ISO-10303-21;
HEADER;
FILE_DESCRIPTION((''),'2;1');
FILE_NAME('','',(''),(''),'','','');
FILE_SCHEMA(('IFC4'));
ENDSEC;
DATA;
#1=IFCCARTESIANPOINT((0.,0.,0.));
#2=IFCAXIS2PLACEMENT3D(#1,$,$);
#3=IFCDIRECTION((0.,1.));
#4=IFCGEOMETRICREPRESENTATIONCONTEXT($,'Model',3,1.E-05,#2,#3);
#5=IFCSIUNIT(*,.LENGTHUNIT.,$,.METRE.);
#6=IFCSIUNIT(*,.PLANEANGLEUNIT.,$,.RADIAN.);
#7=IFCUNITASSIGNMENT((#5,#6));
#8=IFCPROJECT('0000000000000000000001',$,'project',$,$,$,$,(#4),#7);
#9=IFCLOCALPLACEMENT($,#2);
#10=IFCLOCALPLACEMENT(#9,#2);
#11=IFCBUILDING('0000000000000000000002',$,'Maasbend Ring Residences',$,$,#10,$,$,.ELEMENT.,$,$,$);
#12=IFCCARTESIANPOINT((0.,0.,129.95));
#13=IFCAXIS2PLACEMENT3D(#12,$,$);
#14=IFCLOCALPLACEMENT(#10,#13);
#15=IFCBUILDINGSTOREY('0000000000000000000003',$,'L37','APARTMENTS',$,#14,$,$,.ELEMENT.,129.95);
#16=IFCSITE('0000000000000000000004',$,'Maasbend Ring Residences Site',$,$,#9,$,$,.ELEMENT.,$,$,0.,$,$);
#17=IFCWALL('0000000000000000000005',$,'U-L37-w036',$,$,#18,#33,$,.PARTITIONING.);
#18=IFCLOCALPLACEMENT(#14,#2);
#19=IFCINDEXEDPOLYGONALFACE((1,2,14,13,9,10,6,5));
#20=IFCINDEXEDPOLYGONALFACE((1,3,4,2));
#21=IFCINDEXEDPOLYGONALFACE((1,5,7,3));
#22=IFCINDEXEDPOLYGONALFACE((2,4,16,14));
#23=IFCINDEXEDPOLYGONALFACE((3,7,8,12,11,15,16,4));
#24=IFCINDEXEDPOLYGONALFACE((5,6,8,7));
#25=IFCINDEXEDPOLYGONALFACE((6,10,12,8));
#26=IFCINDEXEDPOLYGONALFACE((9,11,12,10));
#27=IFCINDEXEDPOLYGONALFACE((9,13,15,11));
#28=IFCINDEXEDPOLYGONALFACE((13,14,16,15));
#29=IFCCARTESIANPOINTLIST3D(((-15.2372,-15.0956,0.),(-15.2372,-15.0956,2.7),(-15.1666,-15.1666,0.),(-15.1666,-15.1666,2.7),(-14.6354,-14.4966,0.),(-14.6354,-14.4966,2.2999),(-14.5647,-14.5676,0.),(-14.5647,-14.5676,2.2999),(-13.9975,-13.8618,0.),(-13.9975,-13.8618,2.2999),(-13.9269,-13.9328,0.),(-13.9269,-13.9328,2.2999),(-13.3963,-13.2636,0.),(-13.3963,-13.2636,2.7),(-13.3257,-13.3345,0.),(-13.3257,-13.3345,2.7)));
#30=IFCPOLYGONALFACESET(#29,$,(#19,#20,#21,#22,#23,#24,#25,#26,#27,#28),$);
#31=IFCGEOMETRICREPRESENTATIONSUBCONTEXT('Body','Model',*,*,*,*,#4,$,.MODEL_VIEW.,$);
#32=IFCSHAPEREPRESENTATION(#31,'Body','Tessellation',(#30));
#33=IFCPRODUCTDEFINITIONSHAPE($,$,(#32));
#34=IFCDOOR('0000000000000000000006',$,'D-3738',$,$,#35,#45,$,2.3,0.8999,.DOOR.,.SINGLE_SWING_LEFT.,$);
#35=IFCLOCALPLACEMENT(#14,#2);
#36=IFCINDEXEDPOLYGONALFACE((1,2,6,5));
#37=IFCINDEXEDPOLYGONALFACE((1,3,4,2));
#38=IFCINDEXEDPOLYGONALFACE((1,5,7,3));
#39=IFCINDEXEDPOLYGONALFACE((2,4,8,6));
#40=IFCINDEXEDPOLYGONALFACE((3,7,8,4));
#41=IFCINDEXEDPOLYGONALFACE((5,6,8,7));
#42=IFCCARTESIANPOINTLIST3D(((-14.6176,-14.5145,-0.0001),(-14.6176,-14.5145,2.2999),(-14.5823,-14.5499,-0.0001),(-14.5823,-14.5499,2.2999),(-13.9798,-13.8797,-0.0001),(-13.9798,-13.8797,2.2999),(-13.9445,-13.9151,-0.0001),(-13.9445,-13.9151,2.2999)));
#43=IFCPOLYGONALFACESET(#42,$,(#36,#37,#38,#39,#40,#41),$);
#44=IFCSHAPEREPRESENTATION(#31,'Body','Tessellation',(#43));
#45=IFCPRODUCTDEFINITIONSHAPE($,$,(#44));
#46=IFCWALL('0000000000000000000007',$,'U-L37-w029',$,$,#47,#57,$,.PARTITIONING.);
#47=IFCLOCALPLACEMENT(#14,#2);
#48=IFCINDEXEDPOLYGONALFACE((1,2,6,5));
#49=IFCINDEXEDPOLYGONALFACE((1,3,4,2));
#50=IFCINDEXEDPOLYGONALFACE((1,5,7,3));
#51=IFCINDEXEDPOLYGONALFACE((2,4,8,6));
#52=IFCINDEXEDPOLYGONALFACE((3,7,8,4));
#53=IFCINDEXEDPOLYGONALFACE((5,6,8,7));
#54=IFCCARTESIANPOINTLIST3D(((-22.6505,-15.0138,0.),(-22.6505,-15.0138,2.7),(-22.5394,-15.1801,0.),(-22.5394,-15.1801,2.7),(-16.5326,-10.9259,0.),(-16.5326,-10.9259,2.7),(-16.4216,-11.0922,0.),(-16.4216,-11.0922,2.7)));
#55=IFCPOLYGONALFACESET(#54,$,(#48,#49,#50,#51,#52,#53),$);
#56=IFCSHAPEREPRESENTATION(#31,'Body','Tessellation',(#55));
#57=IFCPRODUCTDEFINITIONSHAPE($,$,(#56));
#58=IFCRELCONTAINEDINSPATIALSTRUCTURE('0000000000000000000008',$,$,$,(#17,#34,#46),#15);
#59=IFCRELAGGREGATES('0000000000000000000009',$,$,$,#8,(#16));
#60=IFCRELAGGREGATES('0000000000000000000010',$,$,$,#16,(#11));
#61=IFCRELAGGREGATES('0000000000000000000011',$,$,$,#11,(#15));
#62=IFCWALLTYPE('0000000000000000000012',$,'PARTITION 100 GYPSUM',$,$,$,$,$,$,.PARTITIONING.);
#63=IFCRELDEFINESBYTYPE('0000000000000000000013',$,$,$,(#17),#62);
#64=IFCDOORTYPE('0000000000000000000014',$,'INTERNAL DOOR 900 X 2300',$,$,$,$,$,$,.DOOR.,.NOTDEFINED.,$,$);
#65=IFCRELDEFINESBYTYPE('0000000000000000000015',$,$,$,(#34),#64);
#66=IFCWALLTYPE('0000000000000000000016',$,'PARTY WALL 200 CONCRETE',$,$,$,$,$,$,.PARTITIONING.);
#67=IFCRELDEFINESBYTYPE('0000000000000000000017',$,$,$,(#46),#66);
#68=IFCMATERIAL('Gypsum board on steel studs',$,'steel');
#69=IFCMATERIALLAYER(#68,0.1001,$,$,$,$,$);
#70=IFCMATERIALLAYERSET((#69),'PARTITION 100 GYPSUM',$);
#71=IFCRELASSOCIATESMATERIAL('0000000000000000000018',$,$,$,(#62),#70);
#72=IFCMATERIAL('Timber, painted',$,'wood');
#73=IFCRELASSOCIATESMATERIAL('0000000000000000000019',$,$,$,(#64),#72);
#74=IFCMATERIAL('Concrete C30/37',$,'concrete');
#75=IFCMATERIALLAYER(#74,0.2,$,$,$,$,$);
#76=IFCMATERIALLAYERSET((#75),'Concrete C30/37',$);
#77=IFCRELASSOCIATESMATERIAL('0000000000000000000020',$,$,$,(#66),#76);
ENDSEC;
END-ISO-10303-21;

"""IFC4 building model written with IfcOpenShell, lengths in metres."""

from ifc_helpers import new_model, si_unit, direction, frame, frame_2d, origin, place, context, subcontext, project, spatial, rectangle, extrude, material, layer, layer_set, type_object, element, fill, save


model = new_model("IFC4")

# Units and contexts
model_context = context("Model", 3, precision=1e-05, world=origin(), true_north=direction((0.0, 1.0)))
body_context = subcontext(model_context, "Body", "Model", "MODEL_VIEW")
ifc_project = project(units=[si_unit("LENGTHUNIT", "METRE"), si_unit("PLANEANGLEUNIT", "RADIAN")], contexts=[model_context])

# Site, building, storey
site_placement = place(None, origin())
site = spatial("IfcSite", under=ifc_project, at=site_placement, Name="Maasbend Ring Residences Site", CompositionType="ELEMENT", RefElevation=0.0)
building_placement = place(site_placement, origin())
building = spatial("IfcBuilding", under=site, at=building_placement, Name="Maasbend Ring Residences", CompositionType="ELEMENT")
storey_placement = place(building_placement, frame((0.0, 0.0, 129.95)))
storey = spatial("IfcBuildingStorey", under=building, at=storey_placement, Name="L37", Description="APARTMENTS", CompositionType="ELEMENT", Elevation=129.95)

# Shared definitions
ifc_material_1 = material(Name="Gypsum board on steel studs", Category="steel")
ifc_layer_1 = layer(ifc_material_1, 0.1001)
ifc_layer_set_1 = layer_set([ifc_layer_1], Name="PARTITION 100 GYPSUM")
wall_type_1 = type_object("IfcWallType", Name="PARTITION 100 GYPSUM", PredefinedType="PARTITIONING", material=ifc_layer_set_1)

# Wall, opening, door
wall_1_placement = place(storey_placement, frame((-15.2019, -15.1311, 0.0), z_axis=(0.0, 0.0, 1.0), x_axis=(0.708797, 0.705413, 0.0)))
wall_1 = element("IfcWall", 1, at=wall_1_placement, inside=storey, type_object=wall_type_1, Name="U-L37-w036", PredefinedType="PARTITIONING", context=body_context, shape_type="SweptSolid", body=[
    extrude(rectangle(XDim=2.5972, YDim=0.1001, at=frame_2d((1.2986, 0.0))), origin(), (0.0, 0.0, 1.0), 2.7),
])
opening_1_placement = place(wall_1_placement, frame((0.8491, 0.0, 0.0)))
opening_1 = element("IfcOpeningElement", 2, at=opening_1_placement, cuts=wall_1, PredefinedType="OPENING", context=body_context, shape_type="SweptSolid", body=[
    extrude(rectangle(XDim=0.8999, YDim=2.3, at=frame_2d((0.45, 1.1499))), frame((0.0, 0.0601, 0.0), z_axis=(0.0, -1.0, 0.0), x_axis=(1.0, 0.0, 0.0)), (0.0, 0.0, 1.0), 0.1201),
])
ifc_material_2 = material(Name="Timber, painted", Category="wood")
door_type_1 = type_object("IfcDoorType", Name="INTERNAL DOOR 900 X 2300", OperationType="NOTDEFINED", PredefinedType="DOOR", material=ifc_material_2)
door_1_placement = place(opening_1_placement, origin())
door_1 = element("IfcDoor", 3, at=door_1_placement, inside=storey, type_object=door_type_1, Name="D-3738", OperationType="SINGLE_SWING_LEFT", OverallHeight=2.3, OverallWidth=0.8999, PredefinedType="DOOR", context=body_context, shape_type="SweptSolid", body=[
    extrude(rectangle(XDim=0.8999, YDim=2.3, at=frame_2d((0.45, 1.1499))), frame((0.0, 0.0249, 0.0), z_axis=(0.0, -1.0, 0.0), x_axis=(1.0, 0.0, 0.0)), (0.0, 0.0, 1.0), 0.05),
])
fill(opening_1, door_1)

# Wall
ifc_material_3 = material(Name="Concrete C30/37", Category="concrete")
ifc_layer_2 = layer(ifc_material_3, 0.2)
ifc_layer_set_2 = layer_set([ifc_layer_2], Name="Concrete C30/37")
wall_type_2 = type_object("IfcWallType", Name="PARTY WALL 200 CONCRETE", PredefinedType="PARTITIONING", material=ifc_layer_set_2)
wall_2_placement = place(storey_placement, frame((-22.595, -15.0969, 0.0), z_axis=(0.0, 0.0, 1.0), x_axis=(0.831468, 0.555573, 0.0)))
element("IfcWall", 4, at=wall_2_placement, inside=storey, type_object=wall_type_2, Name="U-L37-w029", PredefinedType="PARTITIONING", context=body_context, shape_type="SweptSolid", body=[
    extrude(rectangle(XDim=7.3579, YDim=0.2, at=frame_2d((3.679, 0.0))), origin(), (0.0, 0.0, 1.0), 2.7),
])

save(model, "model.ifc")
